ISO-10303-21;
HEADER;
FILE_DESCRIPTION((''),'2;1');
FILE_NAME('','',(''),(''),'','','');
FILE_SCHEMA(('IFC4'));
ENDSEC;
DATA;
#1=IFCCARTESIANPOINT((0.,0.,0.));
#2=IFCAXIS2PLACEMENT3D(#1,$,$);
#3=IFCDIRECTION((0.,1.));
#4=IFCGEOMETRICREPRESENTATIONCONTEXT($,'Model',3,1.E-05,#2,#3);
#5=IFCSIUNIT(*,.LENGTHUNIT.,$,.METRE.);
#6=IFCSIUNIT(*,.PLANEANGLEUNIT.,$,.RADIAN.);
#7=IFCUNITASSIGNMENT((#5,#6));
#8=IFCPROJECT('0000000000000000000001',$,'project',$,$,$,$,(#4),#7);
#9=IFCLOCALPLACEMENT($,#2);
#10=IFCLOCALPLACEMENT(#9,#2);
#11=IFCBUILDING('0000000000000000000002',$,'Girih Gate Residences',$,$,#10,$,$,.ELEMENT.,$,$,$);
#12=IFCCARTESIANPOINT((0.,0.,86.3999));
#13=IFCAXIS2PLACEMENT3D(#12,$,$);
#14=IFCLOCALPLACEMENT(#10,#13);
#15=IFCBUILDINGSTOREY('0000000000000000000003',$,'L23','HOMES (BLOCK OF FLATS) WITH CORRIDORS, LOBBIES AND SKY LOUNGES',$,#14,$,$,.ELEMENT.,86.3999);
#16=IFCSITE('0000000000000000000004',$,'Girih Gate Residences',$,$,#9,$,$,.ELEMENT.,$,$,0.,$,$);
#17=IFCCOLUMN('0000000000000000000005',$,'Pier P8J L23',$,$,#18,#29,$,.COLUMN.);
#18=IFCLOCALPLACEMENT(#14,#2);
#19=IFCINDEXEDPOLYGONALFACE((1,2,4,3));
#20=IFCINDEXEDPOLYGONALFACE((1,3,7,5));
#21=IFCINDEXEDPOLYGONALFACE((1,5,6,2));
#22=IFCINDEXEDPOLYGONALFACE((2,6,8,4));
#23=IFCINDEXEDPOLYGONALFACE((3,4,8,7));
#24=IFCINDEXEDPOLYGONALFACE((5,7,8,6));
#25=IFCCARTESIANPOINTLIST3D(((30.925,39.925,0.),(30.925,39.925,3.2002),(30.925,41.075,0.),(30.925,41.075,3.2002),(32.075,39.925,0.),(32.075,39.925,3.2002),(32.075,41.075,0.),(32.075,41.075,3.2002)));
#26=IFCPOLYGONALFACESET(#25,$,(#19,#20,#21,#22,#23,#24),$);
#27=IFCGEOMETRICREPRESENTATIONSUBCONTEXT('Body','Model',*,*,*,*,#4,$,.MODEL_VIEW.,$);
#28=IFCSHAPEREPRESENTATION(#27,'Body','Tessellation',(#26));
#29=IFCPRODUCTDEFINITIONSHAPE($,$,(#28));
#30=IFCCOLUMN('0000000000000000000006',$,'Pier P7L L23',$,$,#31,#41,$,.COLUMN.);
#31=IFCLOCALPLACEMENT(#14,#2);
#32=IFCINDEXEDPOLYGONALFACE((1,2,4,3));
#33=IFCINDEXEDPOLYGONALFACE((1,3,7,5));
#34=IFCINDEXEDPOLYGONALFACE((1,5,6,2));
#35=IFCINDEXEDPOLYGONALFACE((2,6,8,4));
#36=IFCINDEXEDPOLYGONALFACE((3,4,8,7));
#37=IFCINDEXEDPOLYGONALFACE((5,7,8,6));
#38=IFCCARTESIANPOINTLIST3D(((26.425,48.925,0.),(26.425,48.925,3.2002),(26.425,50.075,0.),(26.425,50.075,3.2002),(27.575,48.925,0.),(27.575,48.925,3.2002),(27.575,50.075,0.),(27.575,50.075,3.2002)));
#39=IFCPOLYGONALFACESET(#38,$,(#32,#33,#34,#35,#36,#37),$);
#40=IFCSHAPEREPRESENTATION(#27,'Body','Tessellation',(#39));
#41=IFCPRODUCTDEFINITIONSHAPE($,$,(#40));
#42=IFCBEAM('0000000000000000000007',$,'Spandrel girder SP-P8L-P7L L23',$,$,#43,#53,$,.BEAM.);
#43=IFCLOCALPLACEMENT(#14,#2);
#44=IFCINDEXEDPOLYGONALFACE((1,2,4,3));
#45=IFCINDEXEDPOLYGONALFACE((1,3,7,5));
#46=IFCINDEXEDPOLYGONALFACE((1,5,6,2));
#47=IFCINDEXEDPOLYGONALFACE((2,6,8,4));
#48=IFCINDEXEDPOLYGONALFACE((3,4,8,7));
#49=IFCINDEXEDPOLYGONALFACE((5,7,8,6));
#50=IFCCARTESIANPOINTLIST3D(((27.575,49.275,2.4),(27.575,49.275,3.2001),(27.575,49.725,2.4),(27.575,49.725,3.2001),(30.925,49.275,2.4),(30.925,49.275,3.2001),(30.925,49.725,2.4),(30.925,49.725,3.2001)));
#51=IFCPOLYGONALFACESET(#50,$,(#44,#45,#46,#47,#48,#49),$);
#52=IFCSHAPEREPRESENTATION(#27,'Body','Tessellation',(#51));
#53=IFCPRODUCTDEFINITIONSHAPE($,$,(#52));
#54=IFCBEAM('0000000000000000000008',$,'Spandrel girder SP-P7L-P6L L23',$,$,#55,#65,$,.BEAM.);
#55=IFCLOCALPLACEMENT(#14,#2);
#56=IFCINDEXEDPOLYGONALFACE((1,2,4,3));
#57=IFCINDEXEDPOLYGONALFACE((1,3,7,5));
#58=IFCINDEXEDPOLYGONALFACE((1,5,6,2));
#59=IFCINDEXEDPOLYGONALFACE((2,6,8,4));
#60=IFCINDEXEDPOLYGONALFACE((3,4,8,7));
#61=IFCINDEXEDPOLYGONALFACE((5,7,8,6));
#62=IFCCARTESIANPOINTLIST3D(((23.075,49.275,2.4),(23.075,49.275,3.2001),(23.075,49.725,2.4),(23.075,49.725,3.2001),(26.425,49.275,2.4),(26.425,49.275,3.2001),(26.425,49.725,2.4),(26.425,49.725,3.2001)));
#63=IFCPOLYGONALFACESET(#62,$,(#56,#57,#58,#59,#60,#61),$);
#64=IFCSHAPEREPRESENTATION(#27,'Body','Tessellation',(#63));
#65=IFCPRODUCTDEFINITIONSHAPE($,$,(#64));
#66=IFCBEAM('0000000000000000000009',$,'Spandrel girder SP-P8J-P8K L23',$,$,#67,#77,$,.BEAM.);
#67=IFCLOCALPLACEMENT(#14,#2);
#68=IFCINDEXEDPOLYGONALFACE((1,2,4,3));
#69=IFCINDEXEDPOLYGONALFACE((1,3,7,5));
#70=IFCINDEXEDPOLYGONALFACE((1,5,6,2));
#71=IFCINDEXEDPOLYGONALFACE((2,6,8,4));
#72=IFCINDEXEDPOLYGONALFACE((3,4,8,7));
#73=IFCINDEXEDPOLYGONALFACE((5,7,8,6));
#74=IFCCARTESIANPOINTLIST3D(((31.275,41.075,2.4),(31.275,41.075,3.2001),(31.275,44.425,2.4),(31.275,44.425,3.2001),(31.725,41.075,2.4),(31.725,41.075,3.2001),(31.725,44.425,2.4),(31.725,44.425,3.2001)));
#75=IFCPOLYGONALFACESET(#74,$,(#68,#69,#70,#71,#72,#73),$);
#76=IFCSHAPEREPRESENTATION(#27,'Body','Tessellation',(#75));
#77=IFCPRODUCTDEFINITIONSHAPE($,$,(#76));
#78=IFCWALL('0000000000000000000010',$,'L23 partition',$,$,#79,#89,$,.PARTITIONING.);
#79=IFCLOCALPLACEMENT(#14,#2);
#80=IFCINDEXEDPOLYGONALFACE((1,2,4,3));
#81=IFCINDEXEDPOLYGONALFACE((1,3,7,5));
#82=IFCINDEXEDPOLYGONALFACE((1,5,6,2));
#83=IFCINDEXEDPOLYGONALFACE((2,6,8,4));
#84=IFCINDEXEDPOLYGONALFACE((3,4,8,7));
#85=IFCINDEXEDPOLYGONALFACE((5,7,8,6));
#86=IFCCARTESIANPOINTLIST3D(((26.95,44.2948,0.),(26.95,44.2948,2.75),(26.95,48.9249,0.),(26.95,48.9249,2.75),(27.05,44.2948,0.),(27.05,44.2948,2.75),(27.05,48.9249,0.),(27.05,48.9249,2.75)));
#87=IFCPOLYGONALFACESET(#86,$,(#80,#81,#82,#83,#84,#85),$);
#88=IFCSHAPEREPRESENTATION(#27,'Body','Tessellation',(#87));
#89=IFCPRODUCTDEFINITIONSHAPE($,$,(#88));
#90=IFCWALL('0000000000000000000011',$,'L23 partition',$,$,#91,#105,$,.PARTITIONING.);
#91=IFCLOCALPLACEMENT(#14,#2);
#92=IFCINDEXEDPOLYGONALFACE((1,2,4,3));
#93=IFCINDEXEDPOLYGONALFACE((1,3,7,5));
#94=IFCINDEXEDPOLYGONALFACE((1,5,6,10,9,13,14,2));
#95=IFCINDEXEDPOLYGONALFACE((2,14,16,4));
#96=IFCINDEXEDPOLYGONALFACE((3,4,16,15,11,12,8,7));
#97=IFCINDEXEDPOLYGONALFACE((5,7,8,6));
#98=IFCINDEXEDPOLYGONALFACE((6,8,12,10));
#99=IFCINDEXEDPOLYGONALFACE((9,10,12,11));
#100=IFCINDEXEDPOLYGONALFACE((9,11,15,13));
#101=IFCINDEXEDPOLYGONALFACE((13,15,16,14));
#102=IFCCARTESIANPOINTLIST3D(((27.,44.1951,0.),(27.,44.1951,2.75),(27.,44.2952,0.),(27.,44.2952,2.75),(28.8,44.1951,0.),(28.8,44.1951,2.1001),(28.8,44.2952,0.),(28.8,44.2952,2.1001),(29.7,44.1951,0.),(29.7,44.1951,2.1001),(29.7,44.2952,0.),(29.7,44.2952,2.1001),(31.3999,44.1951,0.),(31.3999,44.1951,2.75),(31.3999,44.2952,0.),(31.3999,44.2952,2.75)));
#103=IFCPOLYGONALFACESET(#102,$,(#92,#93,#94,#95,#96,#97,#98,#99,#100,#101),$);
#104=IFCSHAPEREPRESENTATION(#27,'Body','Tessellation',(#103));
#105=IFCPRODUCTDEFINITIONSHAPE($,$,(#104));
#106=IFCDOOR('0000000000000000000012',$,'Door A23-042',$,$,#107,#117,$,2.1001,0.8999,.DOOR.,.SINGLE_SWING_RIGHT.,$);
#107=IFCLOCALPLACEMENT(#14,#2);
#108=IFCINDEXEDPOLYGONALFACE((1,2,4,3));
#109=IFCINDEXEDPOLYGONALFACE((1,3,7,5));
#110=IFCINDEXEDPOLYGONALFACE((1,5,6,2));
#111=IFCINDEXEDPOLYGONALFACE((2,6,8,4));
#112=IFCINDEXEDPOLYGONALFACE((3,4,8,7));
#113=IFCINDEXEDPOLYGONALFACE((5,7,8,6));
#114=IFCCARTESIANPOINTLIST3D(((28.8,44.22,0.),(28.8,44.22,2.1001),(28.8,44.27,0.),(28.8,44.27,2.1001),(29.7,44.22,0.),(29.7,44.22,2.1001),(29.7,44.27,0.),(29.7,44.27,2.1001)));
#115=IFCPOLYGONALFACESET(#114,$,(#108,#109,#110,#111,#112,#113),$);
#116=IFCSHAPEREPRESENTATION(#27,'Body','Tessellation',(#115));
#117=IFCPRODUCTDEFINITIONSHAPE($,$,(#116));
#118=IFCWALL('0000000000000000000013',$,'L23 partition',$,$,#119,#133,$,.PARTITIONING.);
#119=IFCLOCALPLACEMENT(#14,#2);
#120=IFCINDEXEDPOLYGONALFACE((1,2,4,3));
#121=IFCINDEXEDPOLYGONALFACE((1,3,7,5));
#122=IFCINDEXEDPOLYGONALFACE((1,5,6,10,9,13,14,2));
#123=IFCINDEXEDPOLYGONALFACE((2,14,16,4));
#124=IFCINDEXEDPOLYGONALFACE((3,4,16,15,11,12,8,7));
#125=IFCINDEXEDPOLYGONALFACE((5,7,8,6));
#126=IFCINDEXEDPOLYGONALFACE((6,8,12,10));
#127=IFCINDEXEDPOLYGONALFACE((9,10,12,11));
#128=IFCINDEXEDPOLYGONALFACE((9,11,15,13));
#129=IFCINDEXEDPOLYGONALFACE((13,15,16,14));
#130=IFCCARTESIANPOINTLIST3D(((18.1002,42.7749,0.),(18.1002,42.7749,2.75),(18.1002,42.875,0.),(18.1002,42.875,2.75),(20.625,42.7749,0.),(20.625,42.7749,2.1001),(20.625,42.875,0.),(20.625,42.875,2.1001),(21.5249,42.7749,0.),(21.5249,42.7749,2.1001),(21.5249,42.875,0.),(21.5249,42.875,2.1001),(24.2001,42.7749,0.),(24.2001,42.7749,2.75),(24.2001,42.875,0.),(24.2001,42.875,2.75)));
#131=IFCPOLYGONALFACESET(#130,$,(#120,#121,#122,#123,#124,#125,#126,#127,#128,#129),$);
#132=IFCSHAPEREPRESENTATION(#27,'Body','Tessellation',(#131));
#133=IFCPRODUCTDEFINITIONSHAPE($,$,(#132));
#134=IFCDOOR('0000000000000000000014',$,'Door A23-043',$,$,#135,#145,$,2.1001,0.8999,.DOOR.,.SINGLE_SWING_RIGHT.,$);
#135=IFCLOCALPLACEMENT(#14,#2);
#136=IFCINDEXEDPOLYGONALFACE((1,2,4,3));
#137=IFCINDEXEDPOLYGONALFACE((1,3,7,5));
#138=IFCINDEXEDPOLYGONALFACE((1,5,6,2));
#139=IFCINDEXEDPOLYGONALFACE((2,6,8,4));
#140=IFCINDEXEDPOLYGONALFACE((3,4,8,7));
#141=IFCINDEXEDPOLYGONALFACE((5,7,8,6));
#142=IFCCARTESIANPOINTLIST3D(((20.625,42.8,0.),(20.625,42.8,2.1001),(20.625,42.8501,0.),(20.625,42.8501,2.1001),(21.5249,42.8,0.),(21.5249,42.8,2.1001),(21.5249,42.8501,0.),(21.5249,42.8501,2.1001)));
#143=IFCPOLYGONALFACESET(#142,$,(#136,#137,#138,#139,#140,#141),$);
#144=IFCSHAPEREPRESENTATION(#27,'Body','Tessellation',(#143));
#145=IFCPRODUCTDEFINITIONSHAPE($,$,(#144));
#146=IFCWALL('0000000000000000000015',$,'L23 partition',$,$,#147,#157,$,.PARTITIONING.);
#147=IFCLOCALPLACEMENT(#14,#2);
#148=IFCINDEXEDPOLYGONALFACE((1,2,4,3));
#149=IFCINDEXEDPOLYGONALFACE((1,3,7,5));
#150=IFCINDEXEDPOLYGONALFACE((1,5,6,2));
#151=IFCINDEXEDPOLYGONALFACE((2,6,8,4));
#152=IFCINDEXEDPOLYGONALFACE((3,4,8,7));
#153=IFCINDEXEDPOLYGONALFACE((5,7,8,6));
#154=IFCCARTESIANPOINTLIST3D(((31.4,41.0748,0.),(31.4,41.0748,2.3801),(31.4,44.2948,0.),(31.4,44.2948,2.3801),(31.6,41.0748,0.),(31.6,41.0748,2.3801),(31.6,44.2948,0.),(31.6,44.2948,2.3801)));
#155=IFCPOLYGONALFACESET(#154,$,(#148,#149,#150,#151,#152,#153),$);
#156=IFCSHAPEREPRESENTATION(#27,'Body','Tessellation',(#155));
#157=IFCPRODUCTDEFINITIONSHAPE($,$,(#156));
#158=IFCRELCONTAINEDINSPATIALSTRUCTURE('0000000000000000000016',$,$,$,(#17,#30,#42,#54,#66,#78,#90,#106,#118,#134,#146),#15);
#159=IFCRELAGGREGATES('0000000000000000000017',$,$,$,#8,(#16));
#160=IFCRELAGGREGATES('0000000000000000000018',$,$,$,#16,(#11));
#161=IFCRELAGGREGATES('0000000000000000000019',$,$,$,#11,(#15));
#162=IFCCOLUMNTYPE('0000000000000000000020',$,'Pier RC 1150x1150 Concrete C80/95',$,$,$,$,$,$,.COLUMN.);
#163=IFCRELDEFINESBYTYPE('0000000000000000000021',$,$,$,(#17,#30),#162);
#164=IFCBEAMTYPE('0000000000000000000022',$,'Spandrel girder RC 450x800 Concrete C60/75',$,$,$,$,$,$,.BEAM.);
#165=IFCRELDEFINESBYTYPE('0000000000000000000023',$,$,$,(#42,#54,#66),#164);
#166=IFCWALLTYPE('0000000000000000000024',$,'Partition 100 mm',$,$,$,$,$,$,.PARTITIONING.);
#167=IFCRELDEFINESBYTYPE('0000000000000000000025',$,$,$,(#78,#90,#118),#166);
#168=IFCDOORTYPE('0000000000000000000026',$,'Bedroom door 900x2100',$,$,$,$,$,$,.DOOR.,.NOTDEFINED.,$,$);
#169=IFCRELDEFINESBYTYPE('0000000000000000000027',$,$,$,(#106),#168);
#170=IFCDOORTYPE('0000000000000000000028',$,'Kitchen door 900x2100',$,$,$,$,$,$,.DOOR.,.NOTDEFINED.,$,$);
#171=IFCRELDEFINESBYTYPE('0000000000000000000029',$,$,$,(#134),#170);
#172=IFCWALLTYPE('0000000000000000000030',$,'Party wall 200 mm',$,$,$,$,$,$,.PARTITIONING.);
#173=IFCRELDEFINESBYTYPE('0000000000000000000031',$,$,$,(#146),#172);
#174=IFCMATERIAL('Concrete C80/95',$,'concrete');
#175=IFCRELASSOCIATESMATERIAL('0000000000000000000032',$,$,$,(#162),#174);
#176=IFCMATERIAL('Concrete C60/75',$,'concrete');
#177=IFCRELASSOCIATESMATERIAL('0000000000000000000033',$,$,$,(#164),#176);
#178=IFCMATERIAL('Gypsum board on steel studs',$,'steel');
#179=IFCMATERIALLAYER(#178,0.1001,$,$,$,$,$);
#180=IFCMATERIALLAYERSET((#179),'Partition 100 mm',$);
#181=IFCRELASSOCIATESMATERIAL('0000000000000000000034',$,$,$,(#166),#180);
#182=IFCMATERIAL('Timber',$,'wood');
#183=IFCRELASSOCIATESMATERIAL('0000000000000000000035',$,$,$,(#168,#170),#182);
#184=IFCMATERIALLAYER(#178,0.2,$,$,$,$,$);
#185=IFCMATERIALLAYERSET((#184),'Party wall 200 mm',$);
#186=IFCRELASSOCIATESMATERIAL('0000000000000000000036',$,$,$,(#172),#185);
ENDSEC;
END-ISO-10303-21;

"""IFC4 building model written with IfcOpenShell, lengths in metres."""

from ifc_helpers import new_model, si_unit, direction, frame, frame_2d, origin, origin_2d, place, context, subcontext, project, spatial, rectangle, extrude, material, layer, layer_set, material_profile, profile_set, type_object, element, fill, save


model = new_model("IFC4")

# Units and contexts
model_context = context("Model", 3, precision=1e-05, world=origin(), true_north=direction((0.0, 1.0)))
body_context = subcontext(model_context, "Body", "Model", "MODEL_VIEW")
ifc_project = project(units=[si_unit("LENGTHUNIT", "METRE"), si_unit("PLANEANGLEUNIT", "RADIAN")], contexts=[model_context])

# Site, building, storey
site_placement = place(None, origin())
site = spatial("IfcSite", under=ifc_project, at=site_placement, Name="Girih Gate Residences", CompositionType="ELEMENT", RefElevation=0.0)
building_placement = place(site_placement, origin())
building = spatial("IfcBuilding", under=site, at=building_placement, Name="Girih Gate Residences", CompositionType="ELEMENT")
storey_placement = place(building_placement, frame((0.0, 0.0, 86.3999)))
storey = spatial("IfcBuildingStorey", under=building, at=storey_placement, Name="L23", Description="HOMES (BLOCK OF FLATS) WITH CORRIDORS, LOBBIES AND SKY LOUNGES", CompositionType="ELEMENT", Elevation=86.3999)

# Columns
ifc_material_1 = material(Name="Concrete C80/95", Category="concrete")
ifc_material_profile_1 = material_profile(ifc_material_1, rectangle(XDim=1.1499, YDim=1.1499, at=origin_2d()))
ifc_profile_set_1 = profile_set([ifc_material_profile_1], Name="Concrete C80/95")
column_type = type_object("IfcColumnType", Name="Pier RC 1150x1150 Concrete C80/95", PredefinedType="COLUMN", material=ifc_profile_set_1)
for number, where, z_axis, x_axis, name in (
    (1, (31.5, 40.5, 0.0), (0.0, 0.0, 1.0), (1.0, 0.0, 0.0), "Pier P8J L23"),
    (2, (27.0, 49.5, 0.0), (0.0, 0.0, 1.0), (1.0, 0.0, 0.0), "Pier P7L L23"),
):
    element("IfcColumn", number, at=place(storey_placement, frame(where, z_axis=z_axis, x_axis=x_axis)), inside=storey, type_object=column_type, Name=name, PredefinedType="COLUMN", context=body_context, shape_type="SweptSolid", body=[
        extrude(rectangle(XDim=1.1499, YDim=1.1499, at=origin_2d()), origin(), (0.0, 0.0, 1.0), 3.2002),
    ])

# Beams
ifc_material_2 = material(Name="Concrete C60/75", Category="concrete")
ifc_material_profile_2 = material_profile(ifc_material_2, rectangle(XDim=0.45, YDim=0.8, at=origin_2d()))
ifc_profile_set_2 = profile_set([ifc_material_profile_2], Name="Concrete C60/75")
beam_type = type_object("IfcBeamType", Name="Spandrel girder RC 450x800 Concrete C60/75", PredefinedType="BEAM", material=ifc_profile_set_2)
for number, where, z_axis, x_axis, name in (
    (3, (30.925, 49.5, 2.8), (-1.0, 0.0, 0.0), (0.0, -1.0, 0.0), "Spandrel girder SP-P8L-P7L L23"),
    (4, (26.425, 49.5, 2.8), (-1.0, 0.0, 0.0), (0.0, -1.0, 0.0), "Spandrel girder SP-P7L-P6L L23"),
    (5, (31.5, 41.075, 2.8), (0.0, 1.0, 0.0), (-1.0, 0.0, 0.0), "Spandrel girder SP-P8J-P8K L23"),
):
    element("IfcBeam", number, at=place(storey_placement, frame(where, z_axis=z_axis, x_axis=x_axis)), inside=storey, type_object=beam_type, Name=name, PredefinedType="BEAM", context=body_context, shape_type="SweptSolid", body=[
        extrude(rectangle(XDim=0.45, YDim=0.8, at=origin_2d()), origin(), (0.0, 0.0, 1.0), 3.3501),
    ])

# Wall
ifc_material_3 = material(Name="Gypsum board on steel studs", Category="steel")
ifc_layer_1 = layer(ifc_material_3, 0.1001)
ifc_layer_set_1 = layer_set([ifc_layer_1], Name="Partition 100 mm")
wall_type_1 = type_object("IfcWallType", Name="Partition 100 mm", PredefinedType="PARTITIONING", material=ifc_layer_set_1)
wall_1_placement = place(storey_placement, frame((27.0, 44.2949, 0.0), z_axis=(0.0, 0.0, 1.0), x_axis=(0.0, 1.0, 0.0)))
element("IfcWall", 6, at=wall_1_placement, inside=storey, type_object=wall_type_1, Name="L23 partition", PredefinedType="PARTITIONING", context=body_context, shape_type="SweptSolid", body=[
    extrude(rectangle(XDim=4.6301, YDim=0.1001, at=frame_2d((2.3149, 0.0))), origin(), (0.0, 0.0, 1.0), 2.75),
])

# Walls, openings, doors
wall_2_placement = place(storey_placement, frame((27.0, 44.2451, 0.0), z_axis=(0.0, 0.0, 1.0), x_axis=(1.0, 0.0, 0.0)))
wall_2 = element("IfcWall", 7, at=wall_2_placement, inside=storey, type_object=wall_type_1, Name="L23 partition", PredefinedType="PARTITIONING", context=body_context, shape_type="SweptSolid", body=[
    extrude(rectangle(XDim=4.3999, YDim=0.1001, at=frame_2d((2.2, 0.0))), origin(), (0.0, 0.0, 1.0), 2.75),
])
opening_1_placement = place(wall_2_placement, frame((1.8, 0.0, 0.0)))
opening_1 = element("IfcOpeningElement", 8, at=opening_1_placement, cuts=wall_2, PredefinedType="OPENING", context=body_context, shape_type="SweptSolid", body=[
    extrude(rectangle(XDim=0.8999, YDim=2.1001, at=frame_2d((0.45, 1.05))), frame((0.0, 0.0601, 0.0), z_axis=(0.0, -1.0, 0.0), x_axis=(1.0, 0.0, 0.0)), (0.0, 0.0, 1.0), 0.1201),
])
ifc_material_4 = material(Name="Timber", Category="wood")
door_type_1 = type_object("IfcDoorType", Name="Bedroom door 900x2100", OperationType="NOTDEFINED", PredefinedType="DOOR", material=ifc_material_4)
door_1_placement = place(opening_1_placement, origin())
door_1 = element("IfcDoor", 9, at=door_1_placement, inside=storey, type_object=door_type_1, Name="Door A23-042", OperationType="SINGLE_SWING_RIGHT", OverallHeight=2.1001, OverallWidth=0.8999, PredefinedType="DOOR", context=body_context, shape_type="SweptSolid", body=[
    extrude(rectangle(XDim=0.8999, YDim=2.1001, at=frame_2d((0.45, 1.05))), frame((0.0, 0.0249, 0.0), z_axis=(0.0, -1.0, 0.0), x_axis=(1.0, 0.0, 0.0)), (0.0, 0.0, 1.0), 0.05),
])
fill(opening_1, door_1)
wall_3_placement = place(storey_placement, frame((24.2, 42.825, 0.0), z_axis=(0.0, 0.0, 1.0), x_axis=(-1.0, 0.0, 0.0)))
wall_3 = element("IfcWall", 10, at=wall_3_placement, inside=storey, type_object=wall_type_1, Name="L23 partition", PredefinedType="PARTITIONING", context=body_context, shape_type="SweptSolid", body=[
    extrude(rectangle(XDim=6.0999, YDim=0.1001, at=frame_2d((3.0498, 0.0))), origin(), (0.0, 0.0, 1.0), 2.75),
])
opening_2_placement = place(wall_3_placement, frame((2.675, 0.0, 0.0)))
opening_2 = element("IfcOpeningElement", 11, at=opening_2_placement, cuts=wall_3, PredefinedType="OPENING", context=body_context, shape_type="SweptSolid", body=[
    extrude(rectangle(XDim=0.8999, YDim=2.1001, at=frame_2d((0.45, 1.05))), frame((0.0, 0.0601, 0.0), z_axis=(0.0, -1.0, 0.0), x_axis=(1.0, 0.0, 0.0)), (0.0, 0.0, 1.0), 0.1201),
])
door_type_2 = type_object("IfcDoorType", Name="Kitchen door 900x2100", OperationType="NOTDEFINED", PredefinedType="DOOR", material=ifc_material_4)
door_2_placement = place(opening_2_placement, origin())
door_2 = element("IfcDoor", 12, at=door_2_placement, inside=storey, type_object=door_type_2, Name="Door A23-043", OperationType="SINGLE_SWING_RIGHT", OverallHeight=2.1001, OverallWidth=0.8999, PredefinedType="DOOR", context=body_context, shape_type="SweptSolid", body=[
    extrude(rectangle(XDim=0.8999, YDim=2.1001, at=frame_2d((0.45, 1.05))), frame((0.0, 0.0249, 0.0), z_axis=(0.0, -1.0, 0.0), x_axis=(1.0, 0.0, 0.0)), (0.0, 0.0, 1.0), 0.05),
])
fill(opening_2, door_2)

# Wall
ifc_layer_2 = layer(ifc_material_3, 0.2)
ifc_layer_set_2 = layer_set([ifc_layer_2], Name="Party wall 200 mm")
wall_type_2 = type_object("IfcWallType", Name="Party wall 200 mm", PredefinedType="PARTITIONING", material=ifc_layer_set_2)
wall_4_placement = place(storey_placement, frame((31.5, 41.075, 0.0), z_axis=(0.0, 0.0, 1.0), x_axis=(0.0, 1.0, 0.0)))
element("IfcWall", 13, at=wall_4_placement, inside=storey, type_object=wall_type_2, Name="L23 partition", PredefinedType="PARTITIONING", context=body_context, shape_type="SweptSolid", body=[
    extrude(rectangle(XDim=3.22, YDim=0.2, at=frame_2d((1.6099, 0.0))), origin(), (0.0, 0.0, 1.0), 2.3801),
])

save(model, "model.ifc")
